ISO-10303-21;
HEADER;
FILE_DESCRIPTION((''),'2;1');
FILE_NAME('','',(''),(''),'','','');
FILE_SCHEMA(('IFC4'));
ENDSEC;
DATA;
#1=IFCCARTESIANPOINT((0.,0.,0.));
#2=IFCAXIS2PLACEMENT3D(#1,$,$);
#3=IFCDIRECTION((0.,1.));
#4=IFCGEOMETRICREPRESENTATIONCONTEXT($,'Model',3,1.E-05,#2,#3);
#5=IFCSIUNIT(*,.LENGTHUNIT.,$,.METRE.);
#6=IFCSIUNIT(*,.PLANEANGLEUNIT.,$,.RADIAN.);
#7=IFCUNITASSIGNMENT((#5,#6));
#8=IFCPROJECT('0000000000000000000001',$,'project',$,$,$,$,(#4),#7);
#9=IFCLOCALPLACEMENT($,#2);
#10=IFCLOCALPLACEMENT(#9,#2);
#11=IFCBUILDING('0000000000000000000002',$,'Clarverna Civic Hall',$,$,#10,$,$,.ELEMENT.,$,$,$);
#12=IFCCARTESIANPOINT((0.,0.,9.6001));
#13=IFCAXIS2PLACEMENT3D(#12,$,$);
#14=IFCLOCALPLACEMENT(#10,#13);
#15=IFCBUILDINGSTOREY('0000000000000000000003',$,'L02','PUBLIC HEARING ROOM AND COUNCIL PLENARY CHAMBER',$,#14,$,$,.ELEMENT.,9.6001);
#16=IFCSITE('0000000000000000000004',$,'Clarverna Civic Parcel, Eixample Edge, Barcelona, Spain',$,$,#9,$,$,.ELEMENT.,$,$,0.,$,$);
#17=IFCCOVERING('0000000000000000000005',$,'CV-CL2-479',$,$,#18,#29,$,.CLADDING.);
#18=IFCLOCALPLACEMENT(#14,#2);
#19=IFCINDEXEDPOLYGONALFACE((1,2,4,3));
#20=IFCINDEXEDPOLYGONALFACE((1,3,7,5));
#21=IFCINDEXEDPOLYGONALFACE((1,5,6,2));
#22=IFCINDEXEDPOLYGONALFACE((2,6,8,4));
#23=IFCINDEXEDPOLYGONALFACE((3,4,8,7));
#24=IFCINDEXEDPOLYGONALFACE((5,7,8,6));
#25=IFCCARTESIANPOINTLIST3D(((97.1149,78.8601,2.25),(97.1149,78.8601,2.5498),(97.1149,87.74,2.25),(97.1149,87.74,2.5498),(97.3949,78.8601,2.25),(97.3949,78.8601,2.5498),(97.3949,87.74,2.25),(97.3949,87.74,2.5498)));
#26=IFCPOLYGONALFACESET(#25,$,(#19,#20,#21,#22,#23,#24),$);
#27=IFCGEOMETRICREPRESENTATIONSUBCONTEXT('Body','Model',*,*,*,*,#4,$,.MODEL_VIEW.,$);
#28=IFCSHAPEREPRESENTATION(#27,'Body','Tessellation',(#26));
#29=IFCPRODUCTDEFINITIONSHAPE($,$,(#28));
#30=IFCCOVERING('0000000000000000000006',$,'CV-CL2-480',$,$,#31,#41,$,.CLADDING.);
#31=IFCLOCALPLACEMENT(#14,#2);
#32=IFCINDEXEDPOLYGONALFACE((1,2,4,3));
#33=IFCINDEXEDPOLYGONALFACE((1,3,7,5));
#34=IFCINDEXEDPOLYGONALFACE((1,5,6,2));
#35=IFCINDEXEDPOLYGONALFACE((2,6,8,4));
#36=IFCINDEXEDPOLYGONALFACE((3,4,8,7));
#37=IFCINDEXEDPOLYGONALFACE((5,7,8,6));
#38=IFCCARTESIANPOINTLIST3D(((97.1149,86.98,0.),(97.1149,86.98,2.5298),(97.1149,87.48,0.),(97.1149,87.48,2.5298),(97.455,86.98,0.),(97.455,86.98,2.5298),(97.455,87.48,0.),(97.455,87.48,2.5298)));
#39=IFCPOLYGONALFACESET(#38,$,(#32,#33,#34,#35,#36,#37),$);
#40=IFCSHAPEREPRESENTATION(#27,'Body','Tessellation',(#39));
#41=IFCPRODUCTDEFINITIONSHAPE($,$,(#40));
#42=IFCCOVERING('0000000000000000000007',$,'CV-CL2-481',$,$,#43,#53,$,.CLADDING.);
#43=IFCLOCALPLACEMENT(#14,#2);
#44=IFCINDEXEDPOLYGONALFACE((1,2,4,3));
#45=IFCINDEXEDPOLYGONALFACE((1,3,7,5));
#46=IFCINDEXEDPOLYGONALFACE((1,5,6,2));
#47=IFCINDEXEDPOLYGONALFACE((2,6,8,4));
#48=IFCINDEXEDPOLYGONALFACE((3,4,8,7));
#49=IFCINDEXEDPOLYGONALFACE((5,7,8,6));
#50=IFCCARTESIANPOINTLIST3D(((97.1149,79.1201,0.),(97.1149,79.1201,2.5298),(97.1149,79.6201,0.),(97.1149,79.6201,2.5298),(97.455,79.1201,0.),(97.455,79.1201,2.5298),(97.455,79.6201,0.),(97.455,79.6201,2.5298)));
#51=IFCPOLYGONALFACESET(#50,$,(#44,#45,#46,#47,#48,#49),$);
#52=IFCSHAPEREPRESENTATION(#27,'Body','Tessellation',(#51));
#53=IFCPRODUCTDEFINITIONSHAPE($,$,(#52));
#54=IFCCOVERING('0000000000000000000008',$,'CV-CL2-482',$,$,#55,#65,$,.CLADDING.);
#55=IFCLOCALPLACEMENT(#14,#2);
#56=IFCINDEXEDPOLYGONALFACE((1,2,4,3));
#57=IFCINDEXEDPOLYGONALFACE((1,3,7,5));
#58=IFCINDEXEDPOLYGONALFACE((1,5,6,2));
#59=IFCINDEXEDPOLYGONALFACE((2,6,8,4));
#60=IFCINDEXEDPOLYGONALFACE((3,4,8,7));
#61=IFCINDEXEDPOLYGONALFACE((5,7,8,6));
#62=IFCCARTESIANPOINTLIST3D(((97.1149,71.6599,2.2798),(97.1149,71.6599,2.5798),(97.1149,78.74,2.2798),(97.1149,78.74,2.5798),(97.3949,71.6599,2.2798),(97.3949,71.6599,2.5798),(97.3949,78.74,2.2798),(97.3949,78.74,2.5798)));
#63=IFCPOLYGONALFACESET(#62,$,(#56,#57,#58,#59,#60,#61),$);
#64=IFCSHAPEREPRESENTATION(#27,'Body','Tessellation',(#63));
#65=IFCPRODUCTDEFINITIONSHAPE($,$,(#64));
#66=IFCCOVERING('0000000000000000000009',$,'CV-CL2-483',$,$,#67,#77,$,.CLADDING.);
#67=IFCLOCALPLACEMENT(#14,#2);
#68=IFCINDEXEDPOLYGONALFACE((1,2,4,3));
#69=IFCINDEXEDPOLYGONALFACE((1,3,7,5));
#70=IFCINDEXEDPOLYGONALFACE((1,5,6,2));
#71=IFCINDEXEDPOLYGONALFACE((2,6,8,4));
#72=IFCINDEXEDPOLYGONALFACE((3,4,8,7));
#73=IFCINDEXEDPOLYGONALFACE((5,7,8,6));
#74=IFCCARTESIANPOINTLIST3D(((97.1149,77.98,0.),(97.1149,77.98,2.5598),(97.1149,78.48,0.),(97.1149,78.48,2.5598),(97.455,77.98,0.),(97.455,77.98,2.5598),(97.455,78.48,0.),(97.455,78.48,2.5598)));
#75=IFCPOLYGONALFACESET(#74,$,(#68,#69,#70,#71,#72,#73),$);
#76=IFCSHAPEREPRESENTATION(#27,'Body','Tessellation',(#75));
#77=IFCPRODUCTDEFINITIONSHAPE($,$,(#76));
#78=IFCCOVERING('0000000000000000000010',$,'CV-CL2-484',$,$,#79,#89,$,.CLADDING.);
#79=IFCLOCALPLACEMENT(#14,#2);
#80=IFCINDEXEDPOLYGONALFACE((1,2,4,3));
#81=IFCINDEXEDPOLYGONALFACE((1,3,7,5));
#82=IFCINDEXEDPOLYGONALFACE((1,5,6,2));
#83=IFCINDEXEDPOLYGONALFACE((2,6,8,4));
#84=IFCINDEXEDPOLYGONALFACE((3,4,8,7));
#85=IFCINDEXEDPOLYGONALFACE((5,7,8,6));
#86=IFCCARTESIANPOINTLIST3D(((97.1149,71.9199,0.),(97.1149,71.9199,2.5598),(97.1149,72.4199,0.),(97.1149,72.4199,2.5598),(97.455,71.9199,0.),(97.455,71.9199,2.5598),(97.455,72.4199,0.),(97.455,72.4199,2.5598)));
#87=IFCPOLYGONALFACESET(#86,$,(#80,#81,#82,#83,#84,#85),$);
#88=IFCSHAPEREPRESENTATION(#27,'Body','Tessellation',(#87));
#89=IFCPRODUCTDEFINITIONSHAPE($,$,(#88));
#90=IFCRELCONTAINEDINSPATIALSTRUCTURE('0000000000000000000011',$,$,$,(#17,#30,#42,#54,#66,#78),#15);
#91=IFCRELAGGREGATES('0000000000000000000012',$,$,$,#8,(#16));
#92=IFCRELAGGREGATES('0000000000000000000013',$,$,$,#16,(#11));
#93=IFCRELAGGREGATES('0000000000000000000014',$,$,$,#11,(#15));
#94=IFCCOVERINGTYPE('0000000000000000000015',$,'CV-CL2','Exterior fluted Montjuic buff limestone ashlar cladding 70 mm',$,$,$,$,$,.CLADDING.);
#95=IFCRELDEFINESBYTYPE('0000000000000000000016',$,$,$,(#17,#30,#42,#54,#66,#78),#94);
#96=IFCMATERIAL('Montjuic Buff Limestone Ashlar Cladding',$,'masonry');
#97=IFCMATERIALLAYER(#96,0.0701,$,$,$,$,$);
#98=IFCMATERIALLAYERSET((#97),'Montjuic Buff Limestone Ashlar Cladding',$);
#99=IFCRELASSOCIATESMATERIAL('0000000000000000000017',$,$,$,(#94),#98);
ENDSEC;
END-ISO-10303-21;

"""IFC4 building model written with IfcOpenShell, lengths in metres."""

from ifc_helpers import new_model, si_unit, direction, frame, frame_2d, origin, place, context, subcontext, project, spatial, rectangle, extrude, material, layer, layer_set, type_object, element, save


model = new_model("IFC4")

# Units and contexts
model_context = context("Model", 3, precision=1e-05, world=origin(), true_north=direction((0.0, 1.0)))
body_context = subcontext(model_context, "Body", "Model", "MODEL_VIEW")
ifc_project = project(units=[si_unit("LENGTHUNIT", "METRE"), si_unit("PLANEANGLEUNIT", "RADIAN")], contexts=[model_context])

# Site, building, storey
site_placement = place(None, origin())
site = spatial("IfcSite", under=ifc_project, at=site_placement, Name="Clarverna Civic Parcel, Eixample Edge, Barcelona, Spain", CompositionType="ELEMENT", RefElevation=0.0)
building_placement = place(site_placement, origin())
building = spatial("IfcBuilding", under=site, at=building_placement, Name="Clarverna Civic Hall", CompositionType="ELEMENT")
storey_placement = place(building_placement, frame((0.0, 0.0, 9.6001)))
storey = spatial("IfcBuildingStorey", under=building, at=storey_placement, Name="L02", Description="PUBLIC HEARING ROOM AND COUNCIL PLENARY CHAMBER", CompositionType="ELEMENT", Elevation=9.6001)

# Coverings
ifc_material_1 = material(Name="Montjuic Buff Limestone Ashlar Cladding", Category="masonry")
ifc_layer_1 = layer(ifc_material_1, 0.0701)
ifc_layer_set_1 = layer_set([ifc_layer_1], Name="Montjuic Buff Limestone Ashlar Cladding")
covering_type = type_object("IfcCoveringType", Name="CV-CL2", Description="Exterior fluted Montjuic buff limestone ashlar cladding 70 mm", PredefinedType="CLADDING", material=ifc_layer_set_1)
covering_1_placement = place(storey_placement, frame((97.2549, 87.74, 2.25), z_axis=(0.0, 0.0, 1.0), x_axis=(0.0, -1.0, 0.0)))
element("IfcCovering", 1, at=covering_1_placement, inside=storey, type_object=covering_type, Name="CV-CL2-479", PredefinedType="CLADDING", context=body_context, shape_type="SweptSolid", body=[
    extrude(rectangle(XDim=8.8799, YDim=0.28, at=frame_2d((4.4399, 0.0))), origin(), (0.0, 0.0, 1.0), 0.2998),
])
for number, where, z_axis, x_axis, name in (
    (2, (97.2849, 87.48, 0.0), (0.0, 0.0, 1.0), (0.0, -1.0, 0.0), "CV-CL2-480"),
    (3, (97.2849, 79.6201, 0.0), (0.0, 0.0, 1.0), (0.0, -1.0, 0.0), "CV-CL2-481"),
):
    element("IfcCovering", number, at=place(storey_placement, frame(where, z_axis=z_axis, x_axis=x_axis)), inside=storey, type_object=covering_type, Name=name, PredefinedType="CLADDING", context=body_context, shape_type="SweptSolid", body=[
        extrude(rectangle(XDim=0.5, YDim=0.3401, at=frame_2d((0.25, 0.0))), origin(), (0.0, 0.0, 1.0), 2.5298),
    ])
covering_2_placement = place(storey_placement, frame((97.2549, 78.74, 2.2798), z_axis=(0.0, 0.0, 1.0), x_axis=(0.0, -1.0, 0.0)))
element("IfcCovering", 4, at=covering_2_placement, inside=storey, type_object=covering_type, Name="CV-CL2-482", PredefinedType="CLADDING", context=body_context, shape_type="SweptSolid", body=[
    extrude(rectangle(XDim=7.0801, YDim=0.28, at=frame_2d((3.54, 0.0))), origin(), (0.0, 0.0, 1.0), 0.3),
])
for number, where, z_axis, x_axis, name in (
    (5, (97.2849, 78.48, 0.0), (0.0, 0.0, 1.0), (0.0, -1.0, 0.0), "CV-CL2-483"),
    (6, (97.2849, 72.4199, 0.0), (0.0, 0.0, 1.0), (0.0, -1.0, 0.0), "CV-CL2-484"),
):
    element("IfcCovering", number, at=place(storey_placement, frame(where, z_axis=z_axis, x_axis=x_axis)), inside=storey, type_object=covering_type, Name=name, PredefinedType="CLADDING", context=body_context, shape_type="SweptSolid", body=[
        extrude(rectangle(XDim=0.5, YDim=0.3401, at=frame_2d((0.25, 0.0))), origin(), (0.0, 0.0, 1.0), 2.5598),
    ])

save(model, "model.ifc")
